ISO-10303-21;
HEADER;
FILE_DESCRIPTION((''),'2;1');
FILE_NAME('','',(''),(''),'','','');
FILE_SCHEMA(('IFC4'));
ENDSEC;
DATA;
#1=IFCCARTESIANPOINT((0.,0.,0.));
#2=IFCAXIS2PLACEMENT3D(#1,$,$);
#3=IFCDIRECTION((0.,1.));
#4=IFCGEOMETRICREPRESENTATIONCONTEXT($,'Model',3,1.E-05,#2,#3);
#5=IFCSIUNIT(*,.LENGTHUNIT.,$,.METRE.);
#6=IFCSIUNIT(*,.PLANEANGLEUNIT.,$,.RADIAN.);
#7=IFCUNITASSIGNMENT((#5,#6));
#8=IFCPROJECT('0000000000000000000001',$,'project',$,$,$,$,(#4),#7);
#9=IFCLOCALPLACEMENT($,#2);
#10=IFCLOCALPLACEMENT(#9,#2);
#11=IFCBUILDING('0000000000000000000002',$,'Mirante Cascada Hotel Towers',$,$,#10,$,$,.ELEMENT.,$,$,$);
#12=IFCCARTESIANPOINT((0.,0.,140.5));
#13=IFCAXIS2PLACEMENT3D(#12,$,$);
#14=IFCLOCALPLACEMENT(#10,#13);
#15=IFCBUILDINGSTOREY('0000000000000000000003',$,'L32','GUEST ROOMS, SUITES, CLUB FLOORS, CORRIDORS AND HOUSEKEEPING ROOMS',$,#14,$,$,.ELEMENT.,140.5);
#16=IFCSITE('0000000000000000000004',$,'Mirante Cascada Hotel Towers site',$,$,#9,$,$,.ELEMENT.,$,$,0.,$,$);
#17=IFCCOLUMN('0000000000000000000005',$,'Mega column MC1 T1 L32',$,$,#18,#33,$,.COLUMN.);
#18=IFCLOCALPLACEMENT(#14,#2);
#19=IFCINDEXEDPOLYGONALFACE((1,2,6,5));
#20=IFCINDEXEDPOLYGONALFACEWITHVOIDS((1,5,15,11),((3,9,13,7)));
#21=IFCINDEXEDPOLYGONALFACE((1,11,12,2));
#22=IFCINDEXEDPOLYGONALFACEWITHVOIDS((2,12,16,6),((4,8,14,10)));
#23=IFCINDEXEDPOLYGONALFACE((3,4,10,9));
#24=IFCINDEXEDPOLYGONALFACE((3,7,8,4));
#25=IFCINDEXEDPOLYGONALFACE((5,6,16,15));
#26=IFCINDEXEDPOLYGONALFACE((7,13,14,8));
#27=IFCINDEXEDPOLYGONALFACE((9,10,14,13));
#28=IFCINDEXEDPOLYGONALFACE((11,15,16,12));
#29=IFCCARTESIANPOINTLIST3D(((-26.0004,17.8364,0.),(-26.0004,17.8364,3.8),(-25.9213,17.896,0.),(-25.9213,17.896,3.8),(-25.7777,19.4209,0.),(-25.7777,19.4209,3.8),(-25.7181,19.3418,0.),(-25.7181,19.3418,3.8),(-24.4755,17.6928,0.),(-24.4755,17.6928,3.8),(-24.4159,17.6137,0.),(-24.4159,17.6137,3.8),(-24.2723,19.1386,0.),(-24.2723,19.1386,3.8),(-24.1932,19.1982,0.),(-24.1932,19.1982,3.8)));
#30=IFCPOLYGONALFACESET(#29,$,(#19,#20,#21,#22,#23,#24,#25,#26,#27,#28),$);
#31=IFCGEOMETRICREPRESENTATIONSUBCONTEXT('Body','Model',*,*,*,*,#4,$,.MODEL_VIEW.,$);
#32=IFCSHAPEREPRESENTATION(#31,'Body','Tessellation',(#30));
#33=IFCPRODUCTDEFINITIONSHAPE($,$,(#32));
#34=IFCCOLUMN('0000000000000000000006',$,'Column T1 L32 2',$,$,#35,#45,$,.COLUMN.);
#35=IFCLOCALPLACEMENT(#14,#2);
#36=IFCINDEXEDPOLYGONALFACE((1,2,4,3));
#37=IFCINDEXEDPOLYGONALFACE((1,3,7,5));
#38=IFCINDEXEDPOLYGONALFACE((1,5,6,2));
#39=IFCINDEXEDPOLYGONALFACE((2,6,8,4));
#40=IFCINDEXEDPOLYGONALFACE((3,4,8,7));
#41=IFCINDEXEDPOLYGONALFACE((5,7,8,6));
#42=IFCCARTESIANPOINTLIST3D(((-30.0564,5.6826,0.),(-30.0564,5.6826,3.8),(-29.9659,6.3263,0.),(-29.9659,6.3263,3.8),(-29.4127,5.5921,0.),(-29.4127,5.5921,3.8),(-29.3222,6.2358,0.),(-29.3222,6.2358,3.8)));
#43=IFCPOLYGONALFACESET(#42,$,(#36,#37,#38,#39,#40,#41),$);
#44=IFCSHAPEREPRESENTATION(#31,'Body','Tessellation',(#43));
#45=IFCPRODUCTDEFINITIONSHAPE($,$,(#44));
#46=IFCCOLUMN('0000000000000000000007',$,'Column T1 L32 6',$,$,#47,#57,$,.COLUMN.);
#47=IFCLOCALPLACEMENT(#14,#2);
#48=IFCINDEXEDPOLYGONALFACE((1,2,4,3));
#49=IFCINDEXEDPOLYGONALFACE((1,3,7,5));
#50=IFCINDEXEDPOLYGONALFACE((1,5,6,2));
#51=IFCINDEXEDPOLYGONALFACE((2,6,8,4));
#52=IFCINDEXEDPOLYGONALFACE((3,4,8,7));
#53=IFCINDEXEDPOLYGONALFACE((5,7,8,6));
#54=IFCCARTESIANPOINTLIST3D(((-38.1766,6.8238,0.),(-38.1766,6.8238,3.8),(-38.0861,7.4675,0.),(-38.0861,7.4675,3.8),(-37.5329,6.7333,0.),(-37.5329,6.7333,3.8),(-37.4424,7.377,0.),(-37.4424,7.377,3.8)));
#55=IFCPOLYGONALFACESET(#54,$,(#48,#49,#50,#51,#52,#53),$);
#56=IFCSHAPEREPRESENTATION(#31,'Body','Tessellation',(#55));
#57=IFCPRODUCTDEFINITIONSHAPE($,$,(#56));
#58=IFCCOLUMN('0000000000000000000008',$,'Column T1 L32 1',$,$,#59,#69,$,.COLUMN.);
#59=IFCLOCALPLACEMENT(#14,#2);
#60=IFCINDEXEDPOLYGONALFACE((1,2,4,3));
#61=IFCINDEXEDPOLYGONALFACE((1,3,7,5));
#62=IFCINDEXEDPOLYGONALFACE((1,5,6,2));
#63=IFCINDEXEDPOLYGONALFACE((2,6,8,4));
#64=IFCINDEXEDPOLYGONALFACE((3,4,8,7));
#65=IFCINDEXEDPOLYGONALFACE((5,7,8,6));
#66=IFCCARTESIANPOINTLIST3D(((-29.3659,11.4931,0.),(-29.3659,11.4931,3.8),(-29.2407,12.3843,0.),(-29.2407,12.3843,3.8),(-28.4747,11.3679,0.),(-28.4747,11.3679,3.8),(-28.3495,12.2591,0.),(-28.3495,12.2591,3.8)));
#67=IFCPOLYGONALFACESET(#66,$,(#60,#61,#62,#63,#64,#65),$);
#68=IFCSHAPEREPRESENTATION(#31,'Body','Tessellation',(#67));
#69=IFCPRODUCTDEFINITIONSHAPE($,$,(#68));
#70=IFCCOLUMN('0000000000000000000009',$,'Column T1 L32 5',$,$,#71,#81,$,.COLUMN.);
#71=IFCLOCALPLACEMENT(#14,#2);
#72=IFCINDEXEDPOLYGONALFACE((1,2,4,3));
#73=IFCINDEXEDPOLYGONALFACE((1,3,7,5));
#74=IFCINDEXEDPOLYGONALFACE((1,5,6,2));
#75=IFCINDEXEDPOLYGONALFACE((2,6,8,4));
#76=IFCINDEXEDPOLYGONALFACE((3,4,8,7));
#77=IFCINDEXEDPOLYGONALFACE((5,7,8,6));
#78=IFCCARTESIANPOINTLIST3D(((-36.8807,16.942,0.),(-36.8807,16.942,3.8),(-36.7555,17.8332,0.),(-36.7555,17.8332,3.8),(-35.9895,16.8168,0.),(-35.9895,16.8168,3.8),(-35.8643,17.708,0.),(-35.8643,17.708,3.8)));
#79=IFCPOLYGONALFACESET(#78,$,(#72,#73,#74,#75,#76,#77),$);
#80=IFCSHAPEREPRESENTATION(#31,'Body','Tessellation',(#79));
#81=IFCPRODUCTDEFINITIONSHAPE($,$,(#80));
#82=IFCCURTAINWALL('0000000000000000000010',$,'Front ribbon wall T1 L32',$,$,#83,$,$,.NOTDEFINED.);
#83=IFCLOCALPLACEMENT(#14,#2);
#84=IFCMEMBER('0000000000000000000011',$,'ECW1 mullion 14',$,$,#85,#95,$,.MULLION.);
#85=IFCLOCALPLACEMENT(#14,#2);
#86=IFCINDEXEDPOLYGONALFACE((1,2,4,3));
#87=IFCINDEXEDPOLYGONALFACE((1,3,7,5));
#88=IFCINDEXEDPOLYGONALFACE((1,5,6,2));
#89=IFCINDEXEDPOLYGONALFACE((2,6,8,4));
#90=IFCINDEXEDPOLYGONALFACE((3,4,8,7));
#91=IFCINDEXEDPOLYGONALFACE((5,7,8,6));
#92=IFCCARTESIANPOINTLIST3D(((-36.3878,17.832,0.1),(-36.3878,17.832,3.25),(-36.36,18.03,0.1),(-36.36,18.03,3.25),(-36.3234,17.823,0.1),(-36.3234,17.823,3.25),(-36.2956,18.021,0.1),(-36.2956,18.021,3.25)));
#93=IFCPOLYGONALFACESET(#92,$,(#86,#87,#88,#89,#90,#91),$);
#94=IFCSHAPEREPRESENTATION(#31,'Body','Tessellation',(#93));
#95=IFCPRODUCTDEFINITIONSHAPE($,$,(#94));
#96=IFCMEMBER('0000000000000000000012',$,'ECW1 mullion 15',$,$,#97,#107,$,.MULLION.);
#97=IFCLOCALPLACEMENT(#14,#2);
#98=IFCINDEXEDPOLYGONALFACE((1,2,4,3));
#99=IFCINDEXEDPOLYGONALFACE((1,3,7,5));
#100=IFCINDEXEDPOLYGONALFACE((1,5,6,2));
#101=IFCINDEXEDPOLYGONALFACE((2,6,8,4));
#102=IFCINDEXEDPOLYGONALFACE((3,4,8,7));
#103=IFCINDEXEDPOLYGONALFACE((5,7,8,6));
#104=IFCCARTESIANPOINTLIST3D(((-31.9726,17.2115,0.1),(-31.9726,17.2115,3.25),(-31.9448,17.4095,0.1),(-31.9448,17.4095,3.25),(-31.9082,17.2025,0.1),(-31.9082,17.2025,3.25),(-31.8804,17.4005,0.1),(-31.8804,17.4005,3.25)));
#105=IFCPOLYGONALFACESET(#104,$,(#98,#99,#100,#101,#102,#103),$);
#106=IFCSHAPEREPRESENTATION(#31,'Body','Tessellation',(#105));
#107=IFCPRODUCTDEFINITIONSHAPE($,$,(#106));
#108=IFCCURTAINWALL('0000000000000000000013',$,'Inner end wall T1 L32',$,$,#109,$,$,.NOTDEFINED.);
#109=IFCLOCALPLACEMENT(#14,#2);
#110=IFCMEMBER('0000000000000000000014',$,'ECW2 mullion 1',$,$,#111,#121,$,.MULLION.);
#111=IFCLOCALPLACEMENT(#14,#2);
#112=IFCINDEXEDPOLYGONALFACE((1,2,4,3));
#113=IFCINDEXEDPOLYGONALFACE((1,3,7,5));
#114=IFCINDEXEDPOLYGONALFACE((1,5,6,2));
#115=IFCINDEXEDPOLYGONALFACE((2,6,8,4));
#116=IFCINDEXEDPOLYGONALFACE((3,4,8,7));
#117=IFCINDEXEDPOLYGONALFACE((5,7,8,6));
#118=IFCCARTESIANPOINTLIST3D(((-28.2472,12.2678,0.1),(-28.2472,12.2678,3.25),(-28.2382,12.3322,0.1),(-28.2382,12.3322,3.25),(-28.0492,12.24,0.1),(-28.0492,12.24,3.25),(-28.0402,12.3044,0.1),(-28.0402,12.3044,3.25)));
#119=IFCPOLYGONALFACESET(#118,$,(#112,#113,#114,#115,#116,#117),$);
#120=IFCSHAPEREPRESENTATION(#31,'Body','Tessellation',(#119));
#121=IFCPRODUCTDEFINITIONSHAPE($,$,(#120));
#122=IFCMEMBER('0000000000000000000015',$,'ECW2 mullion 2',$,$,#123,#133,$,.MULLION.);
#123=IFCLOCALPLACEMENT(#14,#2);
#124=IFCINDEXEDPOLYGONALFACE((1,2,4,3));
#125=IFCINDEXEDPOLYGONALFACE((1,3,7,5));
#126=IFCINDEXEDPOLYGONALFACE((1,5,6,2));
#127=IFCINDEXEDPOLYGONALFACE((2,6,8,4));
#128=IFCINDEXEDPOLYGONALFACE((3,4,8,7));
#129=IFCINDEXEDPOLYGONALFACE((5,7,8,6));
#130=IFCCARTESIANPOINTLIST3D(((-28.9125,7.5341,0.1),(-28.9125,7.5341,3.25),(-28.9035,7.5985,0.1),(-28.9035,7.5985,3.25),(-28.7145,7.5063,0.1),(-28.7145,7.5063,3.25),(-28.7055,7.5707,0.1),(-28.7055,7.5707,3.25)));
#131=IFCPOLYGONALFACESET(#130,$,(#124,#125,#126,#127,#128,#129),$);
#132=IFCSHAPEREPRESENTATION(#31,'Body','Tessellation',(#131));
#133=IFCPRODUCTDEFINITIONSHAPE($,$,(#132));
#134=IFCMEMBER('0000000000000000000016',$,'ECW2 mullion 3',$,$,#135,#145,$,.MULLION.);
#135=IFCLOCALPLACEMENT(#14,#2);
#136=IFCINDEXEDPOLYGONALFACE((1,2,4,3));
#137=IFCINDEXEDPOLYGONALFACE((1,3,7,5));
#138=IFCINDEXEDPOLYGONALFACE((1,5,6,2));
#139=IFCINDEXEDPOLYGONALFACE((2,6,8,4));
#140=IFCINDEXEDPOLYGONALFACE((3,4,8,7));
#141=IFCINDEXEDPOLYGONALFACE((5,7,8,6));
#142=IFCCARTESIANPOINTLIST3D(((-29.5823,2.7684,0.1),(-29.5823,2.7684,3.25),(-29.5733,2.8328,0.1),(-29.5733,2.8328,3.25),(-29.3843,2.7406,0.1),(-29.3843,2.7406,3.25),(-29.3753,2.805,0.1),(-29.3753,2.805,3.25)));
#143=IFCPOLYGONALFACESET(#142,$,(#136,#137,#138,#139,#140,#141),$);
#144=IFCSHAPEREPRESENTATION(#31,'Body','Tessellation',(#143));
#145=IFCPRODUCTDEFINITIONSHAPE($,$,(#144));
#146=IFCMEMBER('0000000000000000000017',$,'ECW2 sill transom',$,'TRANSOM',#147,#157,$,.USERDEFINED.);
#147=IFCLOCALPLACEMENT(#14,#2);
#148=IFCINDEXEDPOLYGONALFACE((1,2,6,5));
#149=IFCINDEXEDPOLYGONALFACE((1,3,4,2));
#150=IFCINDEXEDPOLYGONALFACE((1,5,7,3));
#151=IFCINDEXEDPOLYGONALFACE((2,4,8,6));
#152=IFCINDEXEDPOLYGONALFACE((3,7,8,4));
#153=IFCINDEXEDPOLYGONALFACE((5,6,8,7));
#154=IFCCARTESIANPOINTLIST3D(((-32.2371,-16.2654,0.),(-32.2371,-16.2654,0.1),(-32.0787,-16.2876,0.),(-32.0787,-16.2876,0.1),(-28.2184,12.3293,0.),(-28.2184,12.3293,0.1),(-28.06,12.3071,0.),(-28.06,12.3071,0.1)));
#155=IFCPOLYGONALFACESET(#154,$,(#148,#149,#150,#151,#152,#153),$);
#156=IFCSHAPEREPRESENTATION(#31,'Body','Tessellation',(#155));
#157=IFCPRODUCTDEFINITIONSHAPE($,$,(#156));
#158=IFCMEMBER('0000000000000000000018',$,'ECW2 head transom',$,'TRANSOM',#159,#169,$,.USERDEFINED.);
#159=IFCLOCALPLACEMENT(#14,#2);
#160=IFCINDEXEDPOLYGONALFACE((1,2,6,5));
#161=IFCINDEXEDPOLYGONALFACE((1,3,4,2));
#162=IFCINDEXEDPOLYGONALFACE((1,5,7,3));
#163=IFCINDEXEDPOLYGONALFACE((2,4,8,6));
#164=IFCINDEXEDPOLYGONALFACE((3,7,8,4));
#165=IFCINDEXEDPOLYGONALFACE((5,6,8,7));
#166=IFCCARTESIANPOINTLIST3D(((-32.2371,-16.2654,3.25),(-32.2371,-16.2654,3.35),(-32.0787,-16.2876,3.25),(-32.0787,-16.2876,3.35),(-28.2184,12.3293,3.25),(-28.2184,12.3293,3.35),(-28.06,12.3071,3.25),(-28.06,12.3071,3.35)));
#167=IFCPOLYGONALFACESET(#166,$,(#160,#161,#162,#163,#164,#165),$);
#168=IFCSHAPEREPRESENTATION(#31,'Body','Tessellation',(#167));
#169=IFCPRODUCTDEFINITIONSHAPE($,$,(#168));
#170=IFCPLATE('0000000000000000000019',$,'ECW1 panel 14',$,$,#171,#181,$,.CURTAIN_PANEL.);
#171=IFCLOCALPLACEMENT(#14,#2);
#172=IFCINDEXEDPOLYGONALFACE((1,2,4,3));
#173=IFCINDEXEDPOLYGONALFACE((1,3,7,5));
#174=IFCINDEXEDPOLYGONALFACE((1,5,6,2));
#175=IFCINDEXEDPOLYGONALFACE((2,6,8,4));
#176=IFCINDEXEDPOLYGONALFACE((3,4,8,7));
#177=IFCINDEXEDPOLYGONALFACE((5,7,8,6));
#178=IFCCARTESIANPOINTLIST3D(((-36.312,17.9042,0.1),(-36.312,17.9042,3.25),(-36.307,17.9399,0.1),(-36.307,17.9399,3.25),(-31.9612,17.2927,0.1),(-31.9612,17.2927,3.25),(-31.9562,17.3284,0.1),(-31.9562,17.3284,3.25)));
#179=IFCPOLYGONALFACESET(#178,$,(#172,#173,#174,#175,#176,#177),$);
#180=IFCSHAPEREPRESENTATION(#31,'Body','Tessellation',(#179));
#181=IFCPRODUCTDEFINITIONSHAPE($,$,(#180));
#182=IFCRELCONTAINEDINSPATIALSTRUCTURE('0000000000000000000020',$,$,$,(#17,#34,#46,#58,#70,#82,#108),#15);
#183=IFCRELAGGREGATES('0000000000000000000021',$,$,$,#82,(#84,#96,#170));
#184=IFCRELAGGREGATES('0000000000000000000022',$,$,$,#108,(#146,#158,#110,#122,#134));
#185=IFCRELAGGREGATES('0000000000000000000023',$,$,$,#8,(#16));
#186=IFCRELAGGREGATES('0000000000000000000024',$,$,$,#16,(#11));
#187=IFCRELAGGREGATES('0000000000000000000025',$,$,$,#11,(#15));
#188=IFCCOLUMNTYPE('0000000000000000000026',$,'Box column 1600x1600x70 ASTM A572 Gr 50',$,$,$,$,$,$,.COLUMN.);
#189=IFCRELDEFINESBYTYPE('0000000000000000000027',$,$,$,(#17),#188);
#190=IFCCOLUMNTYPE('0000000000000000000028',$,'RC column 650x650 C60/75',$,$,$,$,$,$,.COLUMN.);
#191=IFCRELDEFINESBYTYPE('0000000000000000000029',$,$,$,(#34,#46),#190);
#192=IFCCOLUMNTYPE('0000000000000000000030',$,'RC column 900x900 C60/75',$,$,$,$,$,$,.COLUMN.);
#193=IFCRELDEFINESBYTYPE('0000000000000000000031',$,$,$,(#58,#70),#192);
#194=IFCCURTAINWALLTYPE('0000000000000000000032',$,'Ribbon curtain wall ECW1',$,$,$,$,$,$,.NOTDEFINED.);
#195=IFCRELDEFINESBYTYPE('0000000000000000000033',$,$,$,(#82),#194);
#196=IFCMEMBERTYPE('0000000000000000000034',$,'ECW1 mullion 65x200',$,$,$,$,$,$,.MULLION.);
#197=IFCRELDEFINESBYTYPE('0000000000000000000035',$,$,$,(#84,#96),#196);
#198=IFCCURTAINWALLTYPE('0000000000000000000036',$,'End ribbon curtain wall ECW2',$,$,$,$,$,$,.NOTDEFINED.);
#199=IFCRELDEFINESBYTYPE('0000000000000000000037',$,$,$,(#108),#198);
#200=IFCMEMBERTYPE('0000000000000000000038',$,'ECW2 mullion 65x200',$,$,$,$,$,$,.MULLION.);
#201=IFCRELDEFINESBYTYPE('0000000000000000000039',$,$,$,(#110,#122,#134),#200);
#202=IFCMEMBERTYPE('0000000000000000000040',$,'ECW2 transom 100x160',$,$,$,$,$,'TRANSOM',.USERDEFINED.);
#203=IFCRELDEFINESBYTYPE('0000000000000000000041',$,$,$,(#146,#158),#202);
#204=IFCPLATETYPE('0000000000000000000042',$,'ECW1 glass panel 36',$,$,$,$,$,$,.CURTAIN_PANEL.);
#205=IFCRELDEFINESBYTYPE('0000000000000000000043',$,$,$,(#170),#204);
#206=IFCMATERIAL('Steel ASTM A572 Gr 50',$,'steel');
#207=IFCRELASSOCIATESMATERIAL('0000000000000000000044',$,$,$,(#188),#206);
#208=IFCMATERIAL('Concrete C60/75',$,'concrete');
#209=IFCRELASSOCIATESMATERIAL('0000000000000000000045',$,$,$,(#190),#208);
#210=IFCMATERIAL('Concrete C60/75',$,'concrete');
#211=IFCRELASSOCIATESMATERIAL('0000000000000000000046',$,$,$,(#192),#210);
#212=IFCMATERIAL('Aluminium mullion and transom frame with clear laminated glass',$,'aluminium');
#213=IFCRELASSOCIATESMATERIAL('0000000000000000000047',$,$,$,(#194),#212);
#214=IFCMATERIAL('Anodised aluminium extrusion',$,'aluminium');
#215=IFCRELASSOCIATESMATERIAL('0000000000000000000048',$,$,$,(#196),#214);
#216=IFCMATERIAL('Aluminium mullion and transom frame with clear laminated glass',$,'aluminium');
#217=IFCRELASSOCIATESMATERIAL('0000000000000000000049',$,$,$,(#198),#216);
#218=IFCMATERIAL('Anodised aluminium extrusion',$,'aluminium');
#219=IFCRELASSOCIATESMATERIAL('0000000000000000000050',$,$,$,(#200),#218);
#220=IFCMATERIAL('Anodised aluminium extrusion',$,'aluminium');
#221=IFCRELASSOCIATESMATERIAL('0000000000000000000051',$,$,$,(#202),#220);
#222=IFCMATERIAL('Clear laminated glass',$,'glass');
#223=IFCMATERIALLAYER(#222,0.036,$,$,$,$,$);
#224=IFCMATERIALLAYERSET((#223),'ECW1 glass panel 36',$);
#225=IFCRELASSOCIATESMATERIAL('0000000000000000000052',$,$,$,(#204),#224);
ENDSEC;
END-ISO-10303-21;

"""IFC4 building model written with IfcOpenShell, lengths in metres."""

from ifc_helpers import new_model, si_unit, direction, frame, origin, origin_2d, place, context, subcontext, project, spatial, rectangle, hollow_rectangle, extrude, material, layer, layer_set, material_profile, profile_set, type_object, element, aggregate, save


model = new_model("IFC4")

# Units and contexts
model_context = context("Model", 3, precision=1e-05, world=origin(), true_north=direction((0.0, 1.0)))
body_context = subcontext(model_context, "Body", "Model", "MODEL_VIEW")
ifc_project = project(units=[si_unit("LENGTHUNIT", "METRE"), si_unit("PLANEANGLEUNIT", "RADIAN")], contexts=[model_context])

# Site, building, storey
site_placement = place(None, origin())
site = spatial("IfcSite", under=ifc_project, at=site_placement, Name="Mirante Cascada Hotel Towers site", CompositionType="ELEMENT", RefElevation=0.0)
building_placement = place(site_placement, origin())
building = spatial("IfcBuilding", under=site, at=building_placement, Name="Mirante Cascada Hotel Towers", CompositionType="ELEMENT")
storey_placement = place(building_placement, frame((0.0, 0.0, 140.5)))
storey = spatial("IfcBuildingStorey", under=building, at=storey_placement, Name="L32", Description="GUEST ROOMS, SUITES, CLUB FLOORS, CORRIDORS AND HOUSEKEEPING ROOMS", CompositionType="ELEMENT", Elevation=140.5)

# Columns
ifc_material_1 = material(Name="Steel ASTM A572 Gr 50", Category="steel")
ifc_material_profile_1 = material_profile(ifc_material_1, hollow_rectangle(XDim=1.6, YDim=1.6, WallThickness=0.07, at=origin_2d()), Name="Box column 1600x1600x70 ASTM A572 Gr 50")
ifc_profile_set_1 = profile_set([ifc_material_profile_1], Name="Steel ASTM A572 Gr 50")
column_type_1 = type_object("IfcColumnType", Name="Box column 1600x1600x70 ASTM A572 Gr 50", PredefinedType="COLUMN", material=ifc_profile_set_1)
column_placement = place(storey_placement, frame((-25.0968, 18.5173, 0.0), z_axis=(0.0, 0.0, 1.0), x_axis=(-0.990268, 0.139173, 0.0)))
element("IfcColumn", 1, at=column_placement, inside=storey, type_object=column_type_1, Name="Mega column MC1 T1 L32", PredefinedType="COLUMN", context=body_context, shape_type="SweptSolid", body=[
    extrude(hollow_rectangle(XDim=1.6, YDim=1.6, WallThickness=0.07, at=origin_2d()), origin(), (0.0, 0.0, 1.0), 3.8),
])
ifc_material_2 = material(Name="Concrete C60/75", Category="concrete")
ifc_material_profile_2 = material_profile(ifc_material_2, rectangle(XDim=0.65, YDim=0.65, at=origin_2d()), Name="RC column 650x650 C60/75")
ifc_profile_set_2 = profile_set([ifc_material_profile_2], Name="Concrete C60/75")
column_type_2 = type_object("IfcColumnType", Name="RC column 650x650 C60/75", PredefinedType="COLUMN", material=ifc_profile_set_2)
for number, where, z_axis, x_axis, name in (
    (2, (-29.6893, 5.9592, 0.0), (0.0, 0.0, 1.0), (-0.990268, 0.139173, 0.0), "Column T1 L32 2"),
    (3, (-37.8095, 7.1004, 0.0), (0.0, 0.0, 1.0), (-0.990268, 0.139173, 0.0), "Column T1 L32 6"),
):
    element("IfcColumn", number, at=place(storey_placement, frame(where, z_axis=z_axis, x_axis=x_axis)), inside=storey, type_object=column_type_2, Name=name, PredefinedType="COLUMN", context=body_context, shape_type="SweptSolid", body=[
        extrude(rectangle(XDim=0.65, YDim=0.65, at=origin_2d()), origin(), (0.0, 0.0, 1.0), 3.8),
    ])
ifc_material_3 = material(Name="Concrete C60/75", Category="concrete")
ifc_material_profile_3 = material_profile(ifc_material_3, rectangle(XDim=0.9, YDim=0.9, at=origin_2d()), Name="RC column 900x900 C60/75")
ifc_profile_set_3 = profile_set([ifc_material_profile_3], Name="Concrete C60/75")
column_type_3 = type_object("IfcColumnType", Name="RC column 900x900 C60/75", PredefinedType="COLUMN", material=ifc_profile_set_3)
for number, where, z_axis, x_axis, name in (
    (4, (-28.8577, 11.8761, 0.0), (0.0, 0.0, 1.0), (-0.990268, 0.139173, 0.0), "Column T1 L32 1"),
    (5, (-36.3725, 17.325, 0.0), (0.0, 0.0, 1.0), (-0.990268, 0.139173, 0.0), "Column T1 L32 5"),
):
    element("IfcColumn", number, at=place(storey_placement, frame(where, z_axis=z_axis, x_axis=x_axis)), inside=storey, type_object=column_type_3, Name=name, PredefinedType="COLUMN", context=body_context, shape_type="SweptSolid", body=[
        extrude(rectangle(XDim=0.9, YDim=0.9, at=origin_2d()), origin(), (0.0, 0.0, 1.0), 3.8),
    ])

# Curtain walls, members
ifc_material_4 = material(Name="Aluminium mullion and transom frame with clear laminated glass", Category="aluminium")
curtain_wall_type_1 = type_object("IfcCurtainWallType", Name="Ribbon curtain wall ECW1", PredefinedType="NOTDEFINED", material=ifc_material_4)
curtain_wall_1_placement = place(storey_placement, origin())
curtain_wall_1 = element("IfcCurtainWall", 6, at=curtain_wall_1_placement, inside=storey, type_object=curtain_wall_type_1, Name="Front ribbon wall T1 L32", PredefinedType="NOTDEFINED")
ifc_material_5 = material(Name="Anodised aluminium extrusion", Category="aluminium")
ifc_material_profile_4 = material_profile(ifc_material_5, rectangle(XDim=0.2, YDim=0.065, at=origin_2d()), Name="ECW1 MULLION 65x200")
ifc_profile_set_4 = profile_set([ifc_material_profile_4], Name="Anodised aluminium extrusion")
member_type_1 = type_object("IfcMemberType", Name="ECW1 mullion 65x200", PredefinedType="MULLION", material=ifc_profile_set_4)
member_1_placement = place(storey_placement, frame((-36.3417, 17.9265, 0.1), z_axis=(0.0, 0.0, 1.0), x_axis=(0.139173, 0.990268, 0.0)))
member_1 = element("IfcMember", 7, at=member_1_placement, type_object=member_type_1, Name="ECW1 mullion 14", PredefinedType="MULLION", context=body_context, shape_type="SweptSolid", body=[
    extrude(rectangle(XDim=0.2, YDim=0.065, at=origin_2d()), origin(), (0.0, 0.0, 1.0), 3.15),
])
member_2_placement = place(storey_placement, frame((-31.9265, 17.306, 0.1), z_axis=(0.0, 0.0, 1.0), x_axis=(0.139173, 0.990268, 0.0)))
member_2 = element("IfcMember", 8, at=member_2_placement, type_object=member_type_1, Name="ECW1 mullion 15", PredefinedType="MULLION", context=body_context, shape_type="SweptSolid", body=[
    extrude(rectangle(XDim=0.2, YDim=0.065, at=origin_2d()), origin(), (0.0, 0.0, 1.0), 3.15),
])
ifc_material_6 = material(Name="Aluminium mullion and transom frame with clear laminated glass", Category="aluminium")
curtain_wall_type_2 = type_object("IfcCurtainWallType", Name="End ribbon curtain wall ECW2", PredefinedType="NOTDEFINED", material=ifc_material_6)
curtain_wall_2_placement = place(storey_placement, origin())
curtain_wall_2 = element("IfcCurtainWall", 9, at=curtain_wall_2_placement, inside=storey, type_object=curtain_wall_type_2, Name="Inner end wall T1 L32", PredefinedType="NOTDEFINED")
ifc_material_7 = material(Name="Anodised aluminium extrusion", Category="aluminium")
ifc_material_profile_5 = material_profile(ifc_material_7, rectangle(XDim=0.2, YDim=0.065, at=origin_2d()), Name="ECW2 MULLION 65x200")
ifc_profile_set_5 = profile_set([ifc_material_profile_5], Name="Anodised aluminium extrusion")
member_type_2 = type_object("IfcMemberType", Name="ECW2 mullion 65x200", PredefinedType="MULLION", material=ifc_profile_set_5)
member_3_placement = place(storey_placement, frame((-28.1437, 12.2861, 0.1), z_axis=(0.0, 0.0, 1.0), x_axis=(0.990268, -0.139173, 0.0)))
member_3 = element("IfcMember", 10, at=member_3_placement, type_object=member_type_2, Name="ECW2 mullion 1", PredefinedType="MULLION", context=body_context, shape_type="SweptSolid", body=[
    extrude(rectangle(XDim=0.2, YDim=0.065, at=origin_2d()), origin(), (0.0, 0.0, 1.0), 3.15),
])
member_4_placement = place(storey_placement, frame((-28.809, 7.5524, 0.1), z_axis=(0.0, 0.0, 1.0), x_axis=(0.990268, -0.139173, 0.0)))
member_4 = element("IfcMember", 11, at=member_4_placement, type_object=member_type_2, Name="ECW2 mullion 2", PredefinedType="MULLION", context=body_context, shape_type="SweptSolid", body=[
    extrude(rectangle(XDim=0.2, YDim=0.065, at=origin_2d()), origin(), (0.0, 0.0, 1.0), 3.15),
])
member_5_placement = place(storey_placement, frame((-29.4788, 2.7867, 0.1), z_axis=(0.0, 0.0, 1.0), x_axis=(0.990268, -0.139173, 0.0)))
member_5 = element("IfcMember", 12, at=member_5_placement, type_object=member_type_2, Name="ECW2 mullion 3", PredefinedType="MULLION", context=body_context, shape_type="SweptSolid", body=[
    extrude(rectangle(XDim=0.2, YDim=0.065, at=origin_2d()), origin(), (0.0, 0.0, 1.0), 3.15),
])
ifc_material_8 = material(Name="Anodised aluminium extrusion", Category="aluminium")
ifc_material_profile_6 = material_profile(ifc_material_8, rectangle(XDim=0.16, YDim=0.1, at=origin_2d()), Name="ECW2 TRANSOM 100x160")
ifc_profile_set_6 = profile_set([ifc_material_profile_6], Name="Anodised aluminium extrusion")
member_type_3 = type_object("IfcMemberType", Name="ECW2 transom 100x160", ElementType="TRANSOM", PredefinedType="USERDEFINED", material=ifc_profile_set_6)
member_6_placement = place(storey_placement, frame((-28.1392, 12.3182, 0.05), z_axis=(-0.139172, -0.990268, 0.0), x_axis=(0.990268, -0.139172, 0.0)))
member_6 = element("IfcMember", 13, at=member_6_placement, type_object=member_type_3, Name="ECW2 sill transom", ObjectType="TRANSOM", PredefinedType="USERDEFINED", context=body_context, shape_type="SweptSolid", body=[
    extrude(rectangle(XDim=0.16, YDim=0.1, at=origin_2d()), origin(), (0.0, 0.0, 1.0), 28.8757),
])
member_7_placement = place(storey_placement, frame((-28.1392, 12.3182, 3.3), z_axis=(-0.139172, -0.990268, 0.0), x_axis=(0.990268, -0.139172, 0.0)))
member_7 = element("IfcMember", 14, at=member_7_placement, type_object=member_type_3, Name="ECW2 head transom", ObjectType="TRANSOM", PredefinedType="USERDEFINED", context=body_context, shape_type="SweptSolid", body=[
    extrude(rectangle(XDim=0.16, YDim=0.1, at=origin_2d()), origin(), (0.0, 0.0, 1.0), 28.8757),
])

# Plate
ifc_material_9 = material(Name="Clear laminated glass", Category="glass")
ifc_layer_1 = layer(ifc_material_9, 0.036)
ifc_layer_set_1 = layer_set([ifc_layer_1], Name="ECW1 glass panel 36")
plate_type_1 = type_object("IfcPlateType", Name="ECW1 glass panel 36", PredefinedType="CURTAIN_PANEL", material=ifc_layer_set_1)
plate_1_placement = place(storey_placement, frame((-34.1341, 17.6163, 0.1), z_axis=(0.0, 0.0, 1.0), x_axis=(0.990268, -0.139173, 0.0)))
plate_1 = element("IfcPlate", 15, at=plate_1_placement, type_object=plate_type_1, Name="ECW1 panel 14", PredefinedType="CURTAIN_PANEL", context=body_context, shape_type="SweptSolid", body=[
    extrude(rectangle(XDim=4.3936, YDim=0.036, at=origin_2d()), origin(), (0.0, 0.0, 1.0), 3.15),
])
aggregate(curtain_wall_1, [member_1, member_2, plate_1])
aggregate(curtain_wall_2, [member_6, member_7, member_3, member_4, member_5])

save(model, "model.ifc")
